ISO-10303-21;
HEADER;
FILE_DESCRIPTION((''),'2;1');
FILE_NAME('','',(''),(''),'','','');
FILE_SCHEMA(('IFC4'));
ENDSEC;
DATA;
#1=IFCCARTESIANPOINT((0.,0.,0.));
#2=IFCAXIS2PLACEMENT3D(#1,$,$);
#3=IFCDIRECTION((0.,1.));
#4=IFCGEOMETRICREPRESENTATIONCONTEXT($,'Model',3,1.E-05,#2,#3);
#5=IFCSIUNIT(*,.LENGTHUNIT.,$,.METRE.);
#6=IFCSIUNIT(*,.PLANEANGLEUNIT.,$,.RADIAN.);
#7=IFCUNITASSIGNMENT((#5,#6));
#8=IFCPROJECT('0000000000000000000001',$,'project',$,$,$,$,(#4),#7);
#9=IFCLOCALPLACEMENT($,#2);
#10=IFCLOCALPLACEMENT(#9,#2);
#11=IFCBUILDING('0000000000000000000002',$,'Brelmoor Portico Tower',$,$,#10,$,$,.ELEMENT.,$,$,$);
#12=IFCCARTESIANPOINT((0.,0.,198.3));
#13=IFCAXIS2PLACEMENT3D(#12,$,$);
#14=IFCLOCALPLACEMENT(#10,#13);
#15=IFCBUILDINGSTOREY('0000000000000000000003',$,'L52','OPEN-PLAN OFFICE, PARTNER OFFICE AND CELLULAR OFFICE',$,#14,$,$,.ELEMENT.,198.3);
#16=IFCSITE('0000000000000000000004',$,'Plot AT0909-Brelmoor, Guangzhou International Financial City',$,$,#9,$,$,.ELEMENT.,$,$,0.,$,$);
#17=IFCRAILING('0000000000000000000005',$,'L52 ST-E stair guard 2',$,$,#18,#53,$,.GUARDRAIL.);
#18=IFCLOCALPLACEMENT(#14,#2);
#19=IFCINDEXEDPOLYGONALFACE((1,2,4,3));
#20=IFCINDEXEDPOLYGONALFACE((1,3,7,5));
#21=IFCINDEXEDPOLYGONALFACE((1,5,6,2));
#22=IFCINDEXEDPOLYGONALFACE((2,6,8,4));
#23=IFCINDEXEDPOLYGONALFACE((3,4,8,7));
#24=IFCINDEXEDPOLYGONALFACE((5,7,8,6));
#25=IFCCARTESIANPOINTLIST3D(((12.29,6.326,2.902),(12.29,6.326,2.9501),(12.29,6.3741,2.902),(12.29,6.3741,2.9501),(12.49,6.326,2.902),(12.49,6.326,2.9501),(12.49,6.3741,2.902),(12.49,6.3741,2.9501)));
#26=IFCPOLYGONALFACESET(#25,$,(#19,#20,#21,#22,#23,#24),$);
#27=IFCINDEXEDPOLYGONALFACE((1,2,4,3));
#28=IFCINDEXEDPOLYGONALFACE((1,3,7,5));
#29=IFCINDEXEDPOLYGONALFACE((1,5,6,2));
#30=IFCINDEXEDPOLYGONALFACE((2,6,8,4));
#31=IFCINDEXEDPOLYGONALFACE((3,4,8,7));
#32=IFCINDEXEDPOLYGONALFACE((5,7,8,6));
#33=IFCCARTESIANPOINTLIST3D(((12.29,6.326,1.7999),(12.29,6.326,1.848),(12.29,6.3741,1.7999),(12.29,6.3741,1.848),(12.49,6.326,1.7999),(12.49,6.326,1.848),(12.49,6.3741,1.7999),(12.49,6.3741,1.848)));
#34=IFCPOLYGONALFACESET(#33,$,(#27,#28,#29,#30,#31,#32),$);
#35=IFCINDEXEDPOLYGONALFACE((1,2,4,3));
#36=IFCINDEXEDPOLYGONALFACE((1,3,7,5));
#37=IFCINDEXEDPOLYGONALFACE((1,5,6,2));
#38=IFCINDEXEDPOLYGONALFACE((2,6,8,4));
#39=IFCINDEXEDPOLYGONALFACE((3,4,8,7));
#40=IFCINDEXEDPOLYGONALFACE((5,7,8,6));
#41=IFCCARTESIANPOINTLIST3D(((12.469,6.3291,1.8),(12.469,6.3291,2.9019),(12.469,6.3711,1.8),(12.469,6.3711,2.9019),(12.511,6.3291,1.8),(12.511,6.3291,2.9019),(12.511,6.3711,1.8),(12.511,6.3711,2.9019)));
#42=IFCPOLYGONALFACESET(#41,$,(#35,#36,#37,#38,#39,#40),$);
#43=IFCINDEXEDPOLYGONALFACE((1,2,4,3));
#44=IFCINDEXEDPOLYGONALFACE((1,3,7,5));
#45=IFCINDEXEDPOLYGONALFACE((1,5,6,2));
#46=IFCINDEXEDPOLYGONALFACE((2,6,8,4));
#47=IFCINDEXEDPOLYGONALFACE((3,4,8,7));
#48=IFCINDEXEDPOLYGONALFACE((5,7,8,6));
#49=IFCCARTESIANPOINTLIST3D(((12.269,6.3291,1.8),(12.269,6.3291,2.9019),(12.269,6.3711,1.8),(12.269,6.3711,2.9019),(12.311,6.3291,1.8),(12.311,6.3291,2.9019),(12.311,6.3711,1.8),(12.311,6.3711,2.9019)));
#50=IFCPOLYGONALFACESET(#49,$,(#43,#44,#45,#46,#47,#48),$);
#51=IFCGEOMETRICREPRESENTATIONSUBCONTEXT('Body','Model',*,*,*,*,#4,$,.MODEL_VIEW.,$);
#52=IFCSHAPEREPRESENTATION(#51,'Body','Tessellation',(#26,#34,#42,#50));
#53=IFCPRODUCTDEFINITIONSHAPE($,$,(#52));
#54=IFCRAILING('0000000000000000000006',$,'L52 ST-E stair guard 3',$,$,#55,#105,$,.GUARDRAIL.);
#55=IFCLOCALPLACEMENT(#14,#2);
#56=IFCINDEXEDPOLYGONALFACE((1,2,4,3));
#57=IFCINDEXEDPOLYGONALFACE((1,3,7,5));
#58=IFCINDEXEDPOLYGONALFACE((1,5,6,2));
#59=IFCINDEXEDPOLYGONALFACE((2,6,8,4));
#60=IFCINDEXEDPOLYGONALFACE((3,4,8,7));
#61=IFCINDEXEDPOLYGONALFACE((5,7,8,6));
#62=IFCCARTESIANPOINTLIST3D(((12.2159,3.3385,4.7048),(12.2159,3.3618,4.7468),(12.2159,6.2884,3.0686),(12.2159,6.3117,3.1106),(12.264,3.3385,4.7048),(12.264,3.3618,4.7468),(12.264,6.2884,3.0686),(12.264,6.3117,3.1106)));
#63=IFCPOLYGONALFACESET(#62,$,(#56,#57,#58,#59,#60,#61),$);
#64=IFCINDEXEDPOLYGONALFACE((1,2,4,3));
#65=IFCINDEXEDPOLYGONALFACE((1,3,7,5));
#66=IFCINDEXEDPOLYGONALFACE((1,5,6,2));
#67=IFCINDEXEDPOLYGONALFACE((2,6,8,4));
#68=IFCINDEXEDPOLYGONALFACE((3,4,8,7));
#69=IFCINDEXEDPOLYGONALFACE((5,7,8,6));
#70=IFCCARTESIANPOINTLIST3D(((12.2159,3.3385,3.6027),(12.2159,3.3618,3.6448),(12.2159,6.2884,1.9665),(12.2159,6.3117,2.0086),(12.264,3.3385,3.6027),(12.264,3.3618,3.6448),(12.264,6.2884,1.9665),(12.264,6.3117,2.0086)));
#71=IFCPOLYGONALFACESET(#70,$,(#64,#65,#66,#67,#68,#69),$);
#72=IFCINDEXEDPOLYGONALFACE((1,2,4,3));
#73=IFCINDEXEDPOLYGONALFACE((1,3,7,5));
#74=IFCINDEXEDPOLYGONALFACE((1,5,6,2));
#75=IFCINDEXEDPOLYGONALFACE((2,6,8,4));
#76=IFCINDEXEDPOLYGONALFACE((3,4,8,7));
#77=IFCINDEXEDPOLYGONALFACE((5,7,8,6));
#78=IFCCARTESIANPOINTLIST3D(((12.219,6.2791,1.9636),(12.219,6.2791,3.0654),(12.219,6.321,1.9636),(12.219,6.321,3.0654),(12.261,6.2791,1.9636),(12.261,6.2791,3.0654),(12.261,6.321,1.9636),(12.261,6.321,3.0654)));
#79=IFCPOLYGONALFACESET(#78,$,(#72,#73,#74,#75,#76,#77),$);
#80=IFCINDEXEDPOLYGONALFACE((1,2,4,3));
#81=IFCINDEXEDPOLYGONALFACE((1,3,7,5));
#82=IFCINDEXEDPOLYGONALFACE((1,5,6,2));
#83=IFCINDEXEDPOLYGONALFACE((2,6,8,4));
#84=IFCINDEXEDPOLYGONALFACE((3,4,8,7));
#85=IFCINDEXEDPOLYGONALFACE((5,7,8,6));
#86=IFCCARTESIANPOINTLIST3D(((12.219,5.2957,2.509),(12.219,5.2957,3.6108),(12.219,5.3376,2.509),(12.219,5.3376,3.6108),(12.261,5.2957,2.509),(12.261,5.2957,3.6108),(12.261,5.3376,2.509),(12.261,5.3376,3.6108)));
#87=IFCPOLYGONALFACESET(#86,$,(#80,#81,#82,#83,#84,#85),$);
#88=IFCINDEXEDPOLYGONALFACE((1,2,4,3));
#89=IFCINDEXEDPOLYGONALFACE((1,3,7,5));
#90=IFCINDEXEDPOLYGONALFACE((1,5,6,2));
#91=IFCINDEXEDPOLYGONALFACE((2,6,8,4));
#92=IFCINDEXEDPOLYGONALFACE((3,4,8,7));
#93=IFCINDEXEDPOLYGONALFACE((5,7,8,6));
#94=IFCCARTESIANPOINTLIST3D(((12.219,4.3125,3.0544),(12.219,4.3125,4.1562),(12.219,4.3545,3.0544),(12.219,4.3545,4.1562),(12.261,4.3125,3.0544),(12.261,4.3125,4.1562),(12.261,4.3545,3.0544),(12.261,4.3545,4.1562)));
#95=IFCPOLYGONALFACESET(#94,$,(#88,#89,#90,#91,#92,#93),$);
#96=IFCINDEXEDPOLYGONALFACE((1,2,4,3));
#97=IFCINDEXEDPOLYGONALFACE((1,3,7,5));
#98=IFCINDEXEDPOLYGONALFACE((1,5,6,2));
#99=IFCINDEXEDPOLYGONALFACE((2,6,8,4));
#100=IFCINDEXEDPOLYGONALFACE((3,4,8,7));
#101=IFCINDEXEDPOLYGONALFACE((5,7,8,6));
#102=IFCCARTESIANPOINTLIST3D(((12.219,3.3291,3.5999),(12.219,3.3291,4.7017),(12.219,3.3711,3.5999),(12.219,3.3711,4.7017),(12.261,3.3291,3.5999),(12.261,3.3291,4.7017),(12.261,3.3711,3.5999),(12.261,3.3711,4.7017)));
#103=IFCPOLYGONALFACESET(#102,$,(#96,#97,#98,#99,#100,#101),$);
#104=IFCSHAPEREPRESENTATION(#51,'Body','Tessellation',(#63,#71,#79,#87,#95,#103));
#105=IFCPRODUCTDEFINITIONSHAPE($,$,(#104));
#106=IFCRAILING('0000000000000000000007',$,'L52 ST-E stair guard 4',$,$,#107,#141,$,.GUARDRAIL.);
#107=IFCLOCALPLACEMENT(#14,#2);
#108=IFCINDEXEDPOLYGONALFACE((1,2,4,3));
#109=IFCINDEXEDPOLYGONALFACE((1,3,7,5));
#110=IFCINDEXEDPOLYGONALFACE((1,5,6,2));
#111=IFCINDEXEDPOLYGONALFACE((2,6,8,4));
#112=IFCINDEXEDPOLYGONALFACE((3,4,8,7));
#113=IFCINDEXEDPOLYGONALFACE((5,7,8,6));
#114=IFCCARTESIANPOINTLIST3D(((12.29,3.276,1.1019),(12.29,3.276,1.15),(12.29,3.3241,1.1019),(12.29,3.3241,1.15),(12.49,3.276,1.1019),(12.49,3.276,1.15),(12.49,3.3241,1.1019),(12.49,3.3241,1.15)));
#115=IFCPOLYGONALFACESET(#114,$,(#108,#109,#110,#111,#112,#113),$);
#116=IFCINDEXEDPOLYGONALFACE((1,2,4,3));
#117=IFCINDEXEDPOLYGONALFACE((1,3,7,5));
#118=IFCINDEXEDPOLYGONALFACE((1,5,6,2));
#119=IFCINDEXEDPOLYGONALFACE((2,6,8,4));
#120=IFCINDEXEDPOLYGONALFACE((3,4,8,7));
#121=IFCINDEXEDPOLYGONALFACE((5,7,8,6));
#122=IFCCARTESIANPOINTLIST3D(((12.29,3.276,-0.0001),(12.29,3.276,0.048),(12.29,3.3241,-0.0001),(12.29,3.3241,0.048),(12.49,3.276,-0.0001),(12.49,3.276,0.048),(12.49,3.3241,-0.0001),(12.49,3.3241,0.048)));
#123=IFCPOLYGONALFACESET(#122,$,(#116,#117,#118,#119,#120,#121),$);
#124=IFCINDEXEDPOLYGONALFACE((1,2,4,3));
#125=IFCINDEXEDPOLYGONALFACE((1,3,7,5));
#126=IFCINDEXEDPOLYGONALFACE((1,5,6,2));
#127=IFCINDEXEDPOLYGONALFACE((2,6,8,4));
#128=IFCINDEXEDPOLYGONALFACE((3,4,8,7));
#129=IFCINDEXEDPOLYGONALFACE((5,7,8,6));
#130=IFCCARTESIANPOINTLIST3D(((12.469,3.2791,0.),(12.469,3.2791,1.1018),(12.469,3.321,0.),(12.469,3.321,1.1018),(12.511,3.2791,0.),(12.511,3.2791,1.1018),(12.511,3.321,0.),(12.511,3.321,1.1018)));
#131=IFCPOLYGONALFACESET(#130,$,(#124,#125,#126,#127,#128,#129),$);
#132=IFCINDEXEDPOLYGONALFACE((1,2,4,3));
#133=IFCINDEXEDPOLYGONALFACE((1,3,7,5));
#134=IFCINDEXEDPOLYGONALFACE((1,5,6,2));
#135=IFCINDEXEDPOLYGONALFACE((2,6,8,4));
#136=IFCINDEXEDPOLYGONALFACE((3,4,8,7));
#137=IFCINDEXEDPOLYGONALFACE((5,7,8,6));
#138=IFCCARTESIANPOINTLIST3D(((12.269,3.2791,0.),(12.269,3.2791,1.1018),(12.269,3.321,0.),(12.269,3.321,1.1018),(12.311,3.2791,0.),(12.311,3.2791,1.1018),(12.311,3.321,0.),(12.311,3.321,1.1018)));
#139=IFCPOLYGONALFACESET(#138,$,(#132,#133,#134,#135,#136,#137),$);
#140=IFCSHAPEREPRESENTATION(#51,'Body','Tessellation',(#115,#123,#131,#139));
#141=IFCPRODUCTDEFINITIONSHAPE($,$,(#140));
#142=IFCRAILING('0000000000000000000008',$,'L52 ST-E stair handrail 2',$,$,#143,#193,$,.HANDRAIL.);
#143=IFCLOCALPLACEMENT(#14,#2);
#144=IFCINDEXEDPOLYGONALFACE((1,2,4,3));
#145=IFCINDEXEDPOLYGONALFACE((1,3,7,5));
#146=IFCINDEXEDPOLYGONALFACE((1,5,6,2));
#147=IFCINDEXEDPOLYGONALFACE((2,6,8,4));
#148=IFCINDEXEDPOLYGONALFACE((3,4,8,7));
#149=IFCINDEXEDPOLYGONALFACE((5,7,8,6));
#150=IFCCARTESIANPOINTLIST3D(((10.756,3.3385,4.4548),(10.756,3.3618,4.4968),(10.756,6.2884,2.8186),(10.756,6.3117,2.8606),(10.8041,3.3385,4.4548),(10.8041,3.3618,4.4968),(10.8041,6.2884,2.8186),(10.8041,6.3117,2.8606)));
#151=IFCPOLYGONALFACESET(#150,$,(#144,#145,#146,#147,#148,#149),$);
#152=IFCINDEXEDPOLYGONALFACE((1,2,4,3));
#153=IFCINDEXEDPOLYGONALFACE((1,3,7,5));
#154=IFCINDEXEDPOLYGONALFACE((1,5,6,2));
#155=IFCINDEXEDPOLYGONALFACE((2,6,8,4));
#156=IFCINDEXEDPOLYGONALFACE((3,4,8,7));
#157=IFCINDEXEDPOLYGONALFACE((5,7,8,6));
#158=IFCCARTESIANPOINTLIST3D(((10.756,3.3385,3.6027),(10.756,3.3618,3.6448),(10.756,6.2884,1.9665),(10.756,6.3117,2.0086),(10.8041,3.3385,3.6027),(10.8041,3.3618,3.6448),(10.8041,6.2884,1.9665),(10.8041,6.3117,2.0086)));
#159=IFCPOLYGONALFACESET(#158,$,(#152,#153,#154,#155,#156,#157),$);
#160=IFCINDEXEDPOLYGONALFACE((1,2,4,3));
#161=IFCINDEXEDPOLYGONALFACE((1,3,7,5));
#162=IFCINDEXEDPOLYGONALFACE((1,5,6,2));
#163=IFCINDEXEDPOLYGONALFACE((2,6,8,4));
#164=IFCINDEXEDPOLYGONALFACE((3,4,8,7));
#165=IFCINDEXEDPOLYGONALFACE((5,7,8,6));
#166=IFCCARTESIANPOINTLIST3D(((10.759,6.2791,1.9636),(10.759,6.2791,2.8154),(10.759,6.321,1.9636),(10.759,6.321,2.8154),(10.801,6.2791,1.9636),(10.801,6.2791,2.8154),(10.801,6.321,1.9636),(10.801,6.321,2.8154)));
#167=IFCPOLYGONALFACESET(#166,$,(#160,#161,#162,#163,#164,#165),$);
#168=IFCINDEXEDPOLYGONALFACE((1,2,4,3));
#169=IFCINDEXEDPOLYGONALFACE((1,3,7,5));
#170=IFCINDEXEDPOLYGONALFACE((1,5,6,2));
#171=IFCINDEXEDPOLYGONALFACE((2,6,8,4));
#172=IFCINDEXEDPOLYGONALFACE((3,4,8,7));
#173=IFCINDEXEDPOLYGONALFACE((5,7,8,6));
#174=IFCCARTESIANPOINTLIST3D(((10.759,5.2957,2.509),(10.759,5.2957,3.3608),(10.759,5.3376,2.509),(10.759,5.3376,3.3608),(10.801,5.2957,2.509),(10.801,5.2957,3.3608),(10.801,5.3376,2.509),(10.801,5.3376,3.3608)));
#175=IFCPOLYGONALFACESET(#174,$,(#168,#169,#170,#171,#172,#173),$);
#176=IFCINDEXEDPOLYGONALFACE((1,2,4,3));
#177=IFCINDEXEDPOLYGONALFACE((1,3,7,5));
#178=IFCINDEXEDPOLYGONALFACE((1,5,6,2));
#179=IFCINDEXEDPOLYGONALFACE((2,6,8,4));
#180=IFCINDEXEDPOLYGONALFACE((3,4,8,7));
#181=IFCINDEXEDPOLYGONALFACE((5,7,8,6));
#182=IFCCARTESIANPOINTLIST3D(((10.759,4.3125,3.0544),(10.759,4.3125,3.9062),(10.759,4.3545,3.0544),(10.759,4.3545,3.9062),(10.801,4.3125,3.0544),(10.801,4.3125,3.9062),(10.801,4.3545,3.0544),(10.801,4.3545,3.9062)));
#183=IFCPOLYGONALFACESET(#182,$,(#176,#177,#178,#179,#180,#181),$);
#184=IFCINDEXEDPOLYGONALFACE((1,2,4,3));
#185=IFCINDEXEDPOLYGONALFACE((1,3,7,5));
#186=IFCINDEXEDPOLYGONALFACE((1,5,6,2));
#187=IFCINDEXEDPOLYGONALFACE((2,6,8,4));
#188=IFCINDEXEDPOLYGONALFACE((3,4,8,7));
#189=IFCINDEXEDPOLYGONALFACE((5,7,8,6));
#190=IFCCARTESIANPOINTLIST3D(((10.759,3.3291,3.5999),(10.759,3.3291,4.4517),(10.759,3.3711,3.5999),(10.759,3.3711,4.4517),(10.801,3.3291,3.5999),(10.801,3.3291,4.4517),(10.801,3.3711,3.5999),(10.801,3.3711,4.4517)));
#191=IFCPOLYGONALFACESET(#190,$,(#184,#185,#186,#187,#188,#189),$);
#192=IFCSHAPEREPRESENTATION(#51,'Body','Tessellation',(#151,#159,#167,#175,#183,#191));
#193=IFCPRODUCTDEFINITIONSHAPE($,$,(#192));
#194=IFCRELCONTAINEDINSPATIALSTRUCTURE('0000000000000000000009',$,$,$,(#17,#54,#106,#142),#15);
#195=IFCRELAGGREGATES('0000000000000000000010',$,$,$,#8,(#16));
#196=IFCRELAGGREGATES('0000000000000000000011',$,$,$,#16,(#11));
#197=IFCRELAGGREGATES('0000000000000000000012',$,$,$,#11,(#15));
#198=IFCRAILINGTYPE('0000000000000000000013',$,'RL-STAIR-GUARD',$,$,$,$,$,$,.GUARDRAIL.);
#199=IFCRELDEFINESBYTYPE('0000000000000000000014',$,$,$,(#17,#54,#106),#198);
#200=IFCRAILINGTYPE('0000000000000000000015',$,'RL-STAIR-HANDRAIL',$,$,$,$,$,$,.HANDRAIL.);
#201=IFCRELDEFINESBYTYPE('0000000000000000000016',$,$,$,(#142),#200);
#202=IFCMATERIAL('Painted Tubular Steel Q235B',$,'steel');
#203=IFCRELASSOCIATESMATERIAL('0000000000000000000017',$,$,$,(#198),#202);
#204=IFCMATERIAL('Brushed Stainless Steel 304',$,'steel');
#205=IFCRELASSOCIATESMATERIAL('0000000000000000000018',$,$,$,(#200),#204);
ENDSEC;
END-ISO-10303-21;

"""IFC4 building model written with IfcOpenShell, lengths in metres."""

from ifc_helpers import new_model, si_unit, direction, frame, origin, origin_2d, place, context, subcontext, project, spatial, rectangle, extrude, material, type_object, element, save


model = new_model("IFC4")

# Units and contexts
model_context = context("Model", 3, precision=1e-05, world=origin(), true_north=direction((0.0, 1.0)))
body_context = subcontext(model_context, "Body", "Model", "MODEL_VIEW")
ifc_project = project(units=[si_unit("LENGTHUNIT", "METRE"), si_unit("PLANEANGLEUNIT", "RADIAN")], contexts=[model_context])

# Site, building, storey
site_placement = place(None, origin())
site = spatial("IfcSite", under=ifc_project, at=site_placement, Name="Plot AT0909-Brelmoor, Guangzhou International Financial City", CompositionType="ELEMENT", RefElevation=0.0)
building_placement = place(site_placement, origin())
building = spatial("IfcBuilding", under=site, at=building_placement, Name="Brelmoor Portico Tower", CompositionType="ELEMENT")
storey_placement = place(building_placement, frame((0.0, 0.0, 198.3)))
storey = spatial("IfcBuildingStorey", under=building, at=storey_placement, Name="L52", Description="OPEN-PLAN OFFICE, PARTNER OFFICE AND CELLULAR OFFICE", CompositionType="ELEMENT", Elevation=198.3)

# Railings
ifc_material_1 = material(Name="Painted Tubular Steel Q235B", Category="steel")
railing_type_1 = type_object("IfcRailingType", Name="RL-STAIR-GUARD", PredefinedType="GUARDRAIL", material=ifc_material_1)
railing_1_placement = place(storey_placement, frame((12.49, 6.3501, 1.8)))
element("IfcRailing", 1, at=railing_1_placement, inside=storey, type_object=railing_type_1, Name="L52 ST-E stair guard 2", PredefinedType="GUARDRAIL", context=body_context, shape_type="SweptSolid", body=[
    extrude(rectangle(XDim=0.0481, YDim=0.0481, at=origin_2d()), frame((0.0, 0.0, 1.126), z_axis=(-1.0, 0.0, 0.0), x_axis=(0.0, -1.0, 0.0)), (0.0, 0.0, 1.0), 0.2),
    extrude(rectangle(XDim=0.0481, YDim=0.0481, at=origin_2d()), frame((0.0, 0.0, 0.0239), z_axis=(-1.0, 0.0, 0.0), x_axis=(0.0, -1.0, 0.0)), (0.0, 0.0, 1.0), 0.2),
    extrude(rectangle(XDim=0.042, YDim=0.042, at=origin_2d()), origin(), (0.0, 0.0, 1.0), 1.1018),
    extrude(rectangle(XDim=0.042, YDim=0.042, at=origin_2d()), frame((-0.2, 0.0, 0.0)), (0.0, 0.0, 1.0), 1.1018),
])
railing_2_placement = place(storey_placement, frame((12.24, 6.3, 1.9636)))
element("IfcRailing", 2, at=railing_2_placement, inside=storey, type_object=railing_type_1, Name="L52 ST-E stair guard 3", PredefinedType="GUARDRAIL", context=body_context, shape_type="SweptSolid", body=[
    extrude(rectangle(XDim=0.0481, YDim=0.0481, at=origin_2d()), frame((0.0, 0.0, 1.126), z_axis=(0.0, -0.874488, 0.485047), x_axis=(1.0, 0.0, 0.0)), (0.0, 0.0, 1.0), 3.3733),
    extrude(rectangle(XDim=0.0481, YDim=0.0481, at=origin_2d()), frame((0.0, 0.0, 0.0239), z_axis=(0.0, -0.874488, 0.485047), x_axis=(1.0, 0.0, 0.0)), (0.0, 0.0, 1.0), 3.3733),
    extrude(rectangle(XDim=0.042, YDim=0.042, at=origin_2d()), origin(), (0.0, 0.0, 1.0), 1.1018),
    extrude(rectangle(XDim=0.042, YDim=0.042, at=origin_2d()), frame((0.0, -0.9834, 0.5454)), (0.0, 0.0, 1.0), 1.1018),
    extrude(rectangle(XDim=0.042, YDim=0.042, at=origin_2d()), frame((0.0, -1.9666, 1.0908)), (0.0, 0.0, 1.0), 1.1018),
    extrude(rectangle(XDim=0.042, YDim=0.042, at=origin_2d()), frame((0.0, -2.95, 1.6362)), (0.0, 0.0, 1.0), 1.1018),
])
railing_3_placement = place(storey_placement, frame((12.49, 3.3, 0.0)))
element("IfcRailing", 3, at=railing_3_placement, inside=storey, type_object=railing_type_1, Name="L52 ST-E stair guard 4", PredefinedType="GUARDRAIL", context=body_context, shape_type="SweptSolid", body=[
    extrude(rectangle(XDim=0.0481, YDim=0.0481, at=origin_2d()), frame((0.0, 0.0, 1.126), z_axis=(-1.0, 0.0, 0.0), x_axis=(0.0, -1.0, 0.0)), (0.0, 0.0, 1.0), 0.2),
    extrude(rectangle(XDim=0.0481, YDim=0.0481, at=origin_2d()), frame((0.0, 0.0, 0.0239), z_axis=(-1.0, 0.0, 0.0), x_axis=(0.0, -1.0, 0.0)), (0.0, 0.0, 1.0), 0.2),
    extrude(rectangle(XDim=0.042, YDim=0.042, at=origin_2d()), origin(), (0.0, 0.0, 1.0), 1.1018),
    extrude(rectangle(XDim=0.042, YDim=0.042, at=origin_2d()), frame((-0.2, 0.0, 0.0)), (0.0, 0.0, 1.0), 1.1018),
])
ifc_material_2 = material(Name="Brushed Stainless Steel 304", Category="steel")
railing_type_2 = type_object("IfcRailingType", Name="RL-STAIR-HANDRAIL", PredefinedType="HANDRAIL", material=ifc_material_2)
railing_4_placement = place(storey_placement, frame((10.78, 6.3, 1.9636)))
element("IfcRailing", 4, at=railing_4_placement, inside=storey, type_object=railing_type_2, Name="L52 ST-E stair handrail 2", PredefinedType="HANDRAIL", context=body_context, shape_type="SweptSolid", body=[
    extrude(rectangle(XDim=0.0481, YDim=0.0481, at=origin_2d()), frame((0.0, 0.0, 0.876), z_axis=(0.0, -0.874488, 0.485047), x_axis=(1.0, 0.0, 0.0)), (0.0, 0.0, 1.0), 3.3733),
    extrude(rectangle(XDim=0.0481, YDim=0.0481, at=origin_2d()), frame((0.0, 0.0, 0.0239), z_axis=(0.0, -0.874488, 0.485047), x_axis=(1.0, 0.0, 0.0)), (0.0, 0.0, 1.0), 3.3733),
    extrude(rectangle(XDim=0.042, YDim=0.042, at=origin_2d()), origin(), (0.0, 0.0, 1.0), 0.8518),
    extrude(rectangle(XDim=0.042, YDim=0.042, at=origin_2d()), frame((0.0, -0.9834, 0.5454)), (0.0, 0.0, 1.0), 0.8518),
    extrude(rectangle(XDim=0.042, YDim=0.042, at=origin_2d()), frame((0.0, -1.9666, 1.0908)), (0.0, 0.0, 1.0), 0.8518),
    extrude(rectangle(XDim=0.042, YDim=0.042, at=origin_2d()), frame((0.0, -2.95, 1.6362)), (0.0, 0.0, 1.0), 0.8518),
])

save(model, "model.ifc")
